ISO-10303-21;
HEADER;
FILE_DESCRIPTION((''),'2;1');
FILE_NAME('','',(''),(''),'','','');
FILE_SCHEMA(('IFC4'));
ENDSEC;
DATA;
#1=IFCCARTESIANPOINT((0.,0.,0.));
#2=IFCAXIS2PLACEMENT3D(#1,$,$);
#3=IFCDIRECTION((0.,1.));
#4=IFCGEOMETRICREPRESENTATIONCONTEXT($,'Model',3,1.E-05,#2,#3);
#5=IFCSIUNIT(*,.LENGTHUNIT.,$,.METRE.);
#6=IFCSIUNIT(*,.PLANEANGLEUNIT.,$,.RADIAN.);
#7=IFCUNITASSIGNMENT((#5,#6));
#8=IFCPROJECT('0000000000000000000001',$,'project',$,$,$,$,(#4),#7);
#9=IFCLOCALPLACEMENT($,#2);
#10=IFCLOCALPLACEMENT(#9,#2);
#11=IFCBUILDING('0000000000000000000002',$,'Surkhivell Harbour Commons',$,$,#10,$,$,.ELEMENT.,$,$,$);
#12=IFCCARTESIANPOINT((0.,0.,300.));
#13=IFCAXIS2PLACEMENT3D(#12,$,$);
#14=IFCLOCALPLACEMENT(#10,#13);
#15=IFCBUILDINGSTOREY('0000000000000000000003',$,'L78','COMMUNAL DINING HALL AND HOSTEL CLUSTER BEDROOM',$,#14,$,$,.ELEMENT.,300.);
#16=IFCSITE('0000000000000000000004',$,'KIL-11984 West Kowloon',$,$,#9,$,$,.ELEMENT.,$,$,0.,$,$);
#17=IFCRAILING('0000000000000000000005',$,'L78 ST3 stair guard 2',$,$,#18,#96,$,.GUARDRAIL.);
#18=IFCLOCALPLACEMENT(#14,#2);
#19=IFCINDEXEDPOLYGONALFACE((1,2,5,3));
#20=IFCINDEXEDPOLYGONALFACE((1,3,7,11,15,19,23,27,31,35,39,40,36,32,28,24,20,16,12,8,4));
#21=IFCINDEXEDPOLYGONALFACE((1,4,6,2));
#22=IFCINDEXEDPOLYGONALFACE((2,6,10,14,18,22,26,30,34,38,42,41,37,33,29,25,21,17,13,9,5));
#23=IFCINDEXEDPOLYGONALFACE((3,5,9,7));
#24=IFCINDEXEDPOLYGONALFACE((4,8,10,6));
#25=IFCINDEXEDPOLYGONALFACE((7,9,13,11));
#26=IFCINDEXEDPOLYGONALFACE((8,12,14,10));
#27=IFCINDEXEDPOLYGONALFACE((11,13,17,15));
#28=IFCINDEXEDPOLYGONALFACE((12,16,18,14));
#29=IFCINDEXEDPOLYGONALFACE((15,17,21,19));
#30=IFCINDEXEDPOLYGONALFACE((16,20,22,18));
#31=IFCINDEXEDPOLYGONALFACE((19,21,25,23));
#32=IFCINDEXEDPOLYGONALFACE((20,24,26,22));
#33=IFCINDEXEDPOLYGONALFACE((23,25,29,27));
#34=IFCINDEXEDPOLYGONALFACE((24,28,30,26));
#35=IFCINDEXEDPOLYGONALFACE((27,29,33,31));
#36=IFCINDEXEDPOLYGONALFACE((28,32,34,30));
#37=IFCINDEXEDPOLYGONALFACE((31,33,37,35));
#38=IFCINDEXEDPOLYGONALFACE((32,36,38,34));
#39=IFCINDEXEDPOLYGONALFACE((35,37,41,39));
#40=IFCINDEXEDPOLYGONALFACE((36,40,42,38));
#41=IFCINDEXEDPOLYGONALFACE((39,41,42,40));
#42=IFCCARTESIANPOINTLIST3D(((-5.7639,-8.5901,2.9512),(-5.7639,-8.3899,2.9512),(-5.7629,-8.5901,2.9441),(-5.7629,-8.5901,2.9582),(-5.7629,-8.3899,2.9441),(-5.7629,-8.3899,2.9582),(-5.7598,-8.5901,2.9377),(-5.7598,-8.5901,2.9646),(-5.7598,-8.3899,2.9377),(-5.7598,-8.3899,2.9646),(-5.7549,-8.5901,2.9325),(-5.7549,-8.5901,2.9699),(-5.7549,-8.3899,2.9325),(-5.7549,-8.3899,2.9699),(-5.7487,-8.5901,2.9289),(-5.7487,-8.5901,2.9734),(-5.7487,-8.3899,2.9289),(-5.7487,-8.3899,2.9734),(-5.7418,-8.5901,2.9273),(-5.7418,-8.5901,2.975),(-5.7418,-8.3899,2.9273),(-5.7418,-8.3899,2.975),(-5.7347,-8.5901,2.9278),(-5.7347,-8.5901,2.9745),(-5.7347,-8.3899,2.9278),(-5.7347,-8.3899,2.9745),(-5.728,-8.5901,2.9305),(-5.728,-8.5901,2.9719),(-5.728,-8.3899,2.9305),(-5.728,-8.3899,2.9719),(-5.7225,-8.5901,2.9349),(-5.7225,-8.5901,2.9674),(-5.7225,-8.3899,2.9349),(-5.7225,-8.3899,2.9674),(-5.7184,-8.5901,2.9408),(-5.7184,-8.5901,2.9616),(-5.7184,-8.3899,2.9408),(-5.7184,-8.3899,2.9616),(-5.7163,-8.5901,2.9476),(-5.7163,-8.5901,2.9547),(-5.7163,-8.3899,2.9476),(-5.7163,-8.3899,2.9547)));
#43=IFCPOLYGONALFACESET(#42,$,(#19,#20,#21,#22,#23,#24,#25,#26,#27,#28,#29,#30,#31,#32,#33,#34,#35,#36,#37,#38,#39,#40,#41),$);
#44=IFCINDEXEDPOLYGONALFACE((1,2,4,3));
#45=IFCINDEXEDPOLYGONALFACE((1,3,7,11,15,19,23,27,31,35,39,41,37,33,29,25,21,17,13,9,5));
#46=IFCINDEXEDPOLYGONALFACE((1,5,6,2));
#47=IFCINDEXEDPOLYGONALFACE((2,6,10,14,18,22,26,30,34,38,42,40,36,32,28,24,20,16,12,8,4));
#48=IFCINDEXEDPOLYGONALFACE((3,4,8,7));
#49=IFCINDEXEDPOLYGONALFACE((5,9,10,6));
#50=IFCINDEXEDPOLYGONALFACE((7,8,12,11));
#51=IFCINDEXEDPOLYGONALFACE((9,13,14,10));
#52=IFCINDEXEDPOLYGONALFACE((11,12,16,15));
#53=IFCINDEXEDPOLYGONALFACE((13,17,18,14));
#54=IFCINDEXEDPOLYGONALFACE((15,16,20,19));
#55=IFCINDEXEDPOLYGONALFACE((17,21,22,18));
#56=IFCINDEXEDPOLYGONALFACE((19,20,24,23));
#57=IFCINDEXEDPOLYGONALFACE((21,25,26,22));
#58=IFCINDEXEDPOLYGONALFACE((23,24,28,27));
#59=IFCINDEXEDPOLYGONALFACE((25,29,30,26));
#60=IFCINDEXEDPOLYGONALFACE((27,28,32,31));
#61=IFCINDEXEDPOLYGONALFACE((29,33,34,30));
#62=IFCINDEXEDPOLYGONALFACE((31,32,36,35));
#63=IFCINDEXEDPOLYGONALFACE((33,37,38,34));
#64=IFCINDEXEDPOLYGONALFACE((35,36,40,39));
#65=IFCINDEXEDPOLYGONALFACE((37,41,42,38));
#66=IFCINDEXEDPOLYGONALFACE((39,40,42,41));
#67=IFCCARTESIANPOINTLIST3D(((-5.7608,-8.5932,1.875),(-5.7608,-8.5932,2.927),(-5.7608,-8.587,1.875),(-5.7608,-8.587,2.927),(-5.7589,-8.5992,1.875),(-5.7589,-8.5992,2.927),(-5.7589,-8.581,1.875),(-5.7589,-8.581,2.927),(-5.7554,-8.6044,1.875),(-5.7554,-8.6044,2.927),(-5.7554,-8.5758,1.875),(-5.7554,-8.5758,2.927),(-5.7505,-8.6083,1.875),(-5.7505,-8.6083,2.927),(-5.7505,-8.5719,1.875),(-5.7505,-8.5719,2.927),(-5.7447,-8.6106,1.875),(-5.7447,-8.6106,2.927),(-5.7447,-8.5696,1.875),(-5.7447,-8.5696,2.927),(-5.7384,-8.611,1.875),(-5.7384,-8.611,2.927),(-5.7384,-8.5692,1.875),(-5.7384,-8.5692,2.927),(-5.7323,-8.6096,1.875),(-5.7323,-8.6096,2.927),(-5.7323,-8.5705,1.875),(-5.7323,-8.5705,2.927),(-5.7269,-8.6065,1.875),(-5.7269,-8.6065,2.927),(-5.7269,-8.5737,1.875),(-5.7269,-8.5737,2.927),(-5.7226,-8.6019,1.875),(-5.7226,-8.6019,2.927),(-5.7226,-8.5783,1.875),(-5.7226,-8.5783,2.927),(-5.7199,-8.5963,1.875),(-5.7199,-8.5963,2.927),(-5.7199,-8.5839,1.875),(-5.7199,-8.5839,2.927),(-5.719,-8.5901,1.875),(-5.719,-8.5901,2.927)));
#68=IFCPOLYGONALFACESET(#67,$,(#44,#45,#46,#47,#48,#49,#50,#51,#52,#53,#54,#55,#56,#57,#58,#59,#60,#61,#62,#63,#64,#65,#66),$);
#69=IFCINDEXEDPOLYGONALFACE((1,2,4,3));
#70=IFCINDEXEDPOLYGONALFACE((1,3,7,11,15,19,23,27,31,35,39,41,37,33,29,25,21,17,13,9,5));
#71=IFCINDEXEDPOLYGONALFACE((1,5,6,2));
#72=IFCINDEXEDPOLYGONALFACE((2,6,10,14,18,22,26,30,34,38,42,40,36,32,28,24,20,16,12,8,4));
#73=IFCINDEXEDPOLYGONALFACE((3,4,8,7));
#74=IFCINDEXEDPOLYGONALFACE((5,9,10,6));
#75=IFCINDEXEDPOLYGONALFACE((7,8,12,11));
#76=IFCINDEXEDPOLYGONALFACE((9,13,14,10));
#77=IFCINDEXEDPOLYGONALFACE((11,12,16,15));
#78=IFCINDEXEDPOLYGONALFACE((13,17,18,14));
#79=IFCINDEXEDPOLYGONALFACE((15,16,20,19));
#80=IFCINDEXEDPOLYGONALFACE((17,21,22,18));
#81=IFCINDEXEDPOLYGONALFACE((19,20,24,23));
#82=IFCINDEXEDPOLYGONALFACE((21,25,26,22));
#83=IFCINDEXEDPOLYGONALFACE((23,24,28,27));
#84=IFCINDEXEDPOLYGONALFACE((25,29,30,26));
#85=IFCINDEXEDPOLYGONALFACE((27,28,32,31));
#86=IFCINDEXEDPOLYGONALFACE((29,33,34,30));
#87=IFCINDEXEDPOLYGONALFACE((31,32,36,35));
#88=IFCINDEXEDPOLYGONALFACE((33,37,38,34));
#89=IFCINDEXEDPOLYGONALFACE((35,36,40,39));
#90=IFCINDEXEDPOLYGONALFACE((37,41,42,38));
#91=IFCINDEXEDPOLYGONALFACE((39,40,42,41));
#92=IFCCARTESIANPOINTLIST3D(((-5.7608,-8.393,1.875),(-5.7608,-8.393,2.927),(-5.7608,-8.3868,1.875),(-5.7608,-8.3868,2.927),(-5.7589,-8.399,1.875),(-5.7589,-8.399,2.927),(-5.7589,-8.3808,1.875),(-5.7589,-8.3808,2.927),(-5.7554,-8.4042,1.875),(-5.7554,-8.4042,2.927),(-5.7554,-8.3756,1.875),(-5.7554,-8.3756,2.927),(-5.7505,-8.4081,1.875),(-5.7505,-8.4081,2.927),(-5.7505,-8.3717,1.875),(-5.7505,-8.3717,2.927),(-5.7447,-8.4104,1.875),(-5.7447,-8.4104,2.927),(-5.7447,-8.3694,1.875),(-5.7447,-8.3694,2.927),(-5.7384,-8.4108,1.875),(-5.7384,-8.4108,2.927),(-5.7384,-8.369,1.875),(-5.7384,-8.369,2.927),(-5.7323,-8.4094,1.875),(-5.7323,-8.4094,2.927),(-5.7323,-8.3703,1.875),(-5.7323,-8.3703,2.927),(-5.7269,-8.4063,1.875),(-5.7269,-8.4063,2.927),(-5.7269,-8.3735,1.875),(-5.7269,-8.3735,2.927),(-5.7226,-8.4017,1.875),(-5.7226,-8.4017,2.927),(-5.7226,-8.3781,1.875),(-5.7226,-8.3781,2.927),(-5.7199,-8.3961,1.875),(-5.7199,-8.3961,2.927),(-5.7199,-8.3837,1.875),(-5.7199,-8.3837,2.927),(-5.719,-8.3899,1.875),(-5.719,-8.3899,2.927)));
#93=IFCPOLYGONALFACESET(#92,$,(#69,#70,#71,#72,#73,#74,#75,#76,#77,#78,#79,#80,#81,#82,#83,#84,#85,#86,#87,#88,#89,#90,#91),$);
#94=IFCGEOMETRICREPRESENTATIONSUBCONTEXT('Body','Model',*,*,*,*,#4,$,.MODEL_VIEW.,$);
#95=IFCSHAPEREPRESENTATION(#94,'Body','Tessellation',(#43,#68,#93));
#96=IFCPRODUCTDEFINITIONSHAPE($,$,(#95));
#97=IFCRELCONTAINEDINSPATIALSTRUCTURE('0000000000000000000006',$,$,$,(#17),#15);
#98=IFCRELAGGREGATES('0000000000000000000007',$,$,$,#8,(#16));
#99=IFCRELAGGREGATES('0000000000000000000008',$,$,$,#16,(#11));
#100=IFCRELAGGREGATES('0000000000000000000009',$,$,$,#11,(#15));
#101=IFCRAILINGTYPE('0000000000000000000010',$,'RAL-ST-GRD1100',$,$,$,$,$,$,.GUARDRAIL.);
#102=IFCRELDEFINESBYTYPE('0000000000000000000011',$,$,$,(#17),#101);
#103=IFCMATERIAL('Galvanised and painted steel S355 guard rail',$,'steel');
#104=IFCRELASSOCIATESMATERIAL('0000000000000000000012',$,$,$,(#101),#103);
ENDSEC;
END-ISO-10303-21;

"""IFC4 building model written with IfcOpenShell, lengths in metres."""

from ifc_helpers import new_model, si_unit, direction, frame, origin, origin_2d, place, context, subcontext, project, spatial, circle, extrude, material, type_object, element, save


model = new_model("IFC4")

# Units and contexts
model_context = context("Model", 3, precision=1e-05, world=origin(), true_north=direction((0.0, 1.0)))
body_context = subcontext(model_context, "Body", "Model", "MODEL_VIEW")
ifc_project = project(units=[si_unit("LENGTHUNIT", "METRE"), si_unit("PLANEANGLEUNIT", "RADIAN")], contexts=[model_context])

# Site, building, storey
site_placement = place(None, origin())
site = spatial("IfcSite", under=ifc_project, at=site_placement, Name="KIL-11984 West Kowloon", CompositionType="ELEMENT", RefElevation=0.0)
building_placement = place(site_placement, origin())
building = spatial("IfcBuilding", under=site, at=building_placement, Name="Surkhivell Harbour Commons", CompositionType="ELEMENT")
storey_placement = place(building_placement, frame((0.0, 0.0, 300.0)))
storey = spatial("IfcBuildingStorey", under=building, at=storey_placement, Name="L78", Description="COMMUNAL DINING HALL AND HOSTEL CLUSTER BEDROOM", CompositionType="ELEMENT", Elevation=300.0)

# Railing
ifc_material_1 = material(Name="Galvanised and painted steel S355 guard rail", Category="steel")
railing_type_1 = type_object("IfcRailingType", Name="RAL-ST-GRD1100", PredefinedType="GUARDRAIL", material=ifc_material_1)
railing_1_placement = place(storey_placement, frame((-5.74, -8.5901, 1.875)))
element("IfcRailing", 1, at=railing_1_placement, inside=storey, type_object=railing_type_1, Name="L78 ST3 stair guard 2", PredefinedType="GUARDRAIL", context=body_context, shape_type="SweptSolid", body=[
    extrude(circle(Radius=0.0239, at=origin_2d()), frame((0.0, 0.0, 1.0762), z_axis=(0.0, 1.0, 0.0), x_axis=(-1.0, 0.0, 0.0)), (0.0, 0.0, 1.0), 0.2002),
    extrude(circle(Radius=0.021, at=origin_2d()), origin(), (0.0, 0.0, 1.0), 1.052),
    extrude(circle(Radius=0.021, at=origin_2d()), frame((0.0, 0.2002, 0.0)), (0.0, 0.0, 1.0), 1.052),
])

save(model, "model.ifc")
